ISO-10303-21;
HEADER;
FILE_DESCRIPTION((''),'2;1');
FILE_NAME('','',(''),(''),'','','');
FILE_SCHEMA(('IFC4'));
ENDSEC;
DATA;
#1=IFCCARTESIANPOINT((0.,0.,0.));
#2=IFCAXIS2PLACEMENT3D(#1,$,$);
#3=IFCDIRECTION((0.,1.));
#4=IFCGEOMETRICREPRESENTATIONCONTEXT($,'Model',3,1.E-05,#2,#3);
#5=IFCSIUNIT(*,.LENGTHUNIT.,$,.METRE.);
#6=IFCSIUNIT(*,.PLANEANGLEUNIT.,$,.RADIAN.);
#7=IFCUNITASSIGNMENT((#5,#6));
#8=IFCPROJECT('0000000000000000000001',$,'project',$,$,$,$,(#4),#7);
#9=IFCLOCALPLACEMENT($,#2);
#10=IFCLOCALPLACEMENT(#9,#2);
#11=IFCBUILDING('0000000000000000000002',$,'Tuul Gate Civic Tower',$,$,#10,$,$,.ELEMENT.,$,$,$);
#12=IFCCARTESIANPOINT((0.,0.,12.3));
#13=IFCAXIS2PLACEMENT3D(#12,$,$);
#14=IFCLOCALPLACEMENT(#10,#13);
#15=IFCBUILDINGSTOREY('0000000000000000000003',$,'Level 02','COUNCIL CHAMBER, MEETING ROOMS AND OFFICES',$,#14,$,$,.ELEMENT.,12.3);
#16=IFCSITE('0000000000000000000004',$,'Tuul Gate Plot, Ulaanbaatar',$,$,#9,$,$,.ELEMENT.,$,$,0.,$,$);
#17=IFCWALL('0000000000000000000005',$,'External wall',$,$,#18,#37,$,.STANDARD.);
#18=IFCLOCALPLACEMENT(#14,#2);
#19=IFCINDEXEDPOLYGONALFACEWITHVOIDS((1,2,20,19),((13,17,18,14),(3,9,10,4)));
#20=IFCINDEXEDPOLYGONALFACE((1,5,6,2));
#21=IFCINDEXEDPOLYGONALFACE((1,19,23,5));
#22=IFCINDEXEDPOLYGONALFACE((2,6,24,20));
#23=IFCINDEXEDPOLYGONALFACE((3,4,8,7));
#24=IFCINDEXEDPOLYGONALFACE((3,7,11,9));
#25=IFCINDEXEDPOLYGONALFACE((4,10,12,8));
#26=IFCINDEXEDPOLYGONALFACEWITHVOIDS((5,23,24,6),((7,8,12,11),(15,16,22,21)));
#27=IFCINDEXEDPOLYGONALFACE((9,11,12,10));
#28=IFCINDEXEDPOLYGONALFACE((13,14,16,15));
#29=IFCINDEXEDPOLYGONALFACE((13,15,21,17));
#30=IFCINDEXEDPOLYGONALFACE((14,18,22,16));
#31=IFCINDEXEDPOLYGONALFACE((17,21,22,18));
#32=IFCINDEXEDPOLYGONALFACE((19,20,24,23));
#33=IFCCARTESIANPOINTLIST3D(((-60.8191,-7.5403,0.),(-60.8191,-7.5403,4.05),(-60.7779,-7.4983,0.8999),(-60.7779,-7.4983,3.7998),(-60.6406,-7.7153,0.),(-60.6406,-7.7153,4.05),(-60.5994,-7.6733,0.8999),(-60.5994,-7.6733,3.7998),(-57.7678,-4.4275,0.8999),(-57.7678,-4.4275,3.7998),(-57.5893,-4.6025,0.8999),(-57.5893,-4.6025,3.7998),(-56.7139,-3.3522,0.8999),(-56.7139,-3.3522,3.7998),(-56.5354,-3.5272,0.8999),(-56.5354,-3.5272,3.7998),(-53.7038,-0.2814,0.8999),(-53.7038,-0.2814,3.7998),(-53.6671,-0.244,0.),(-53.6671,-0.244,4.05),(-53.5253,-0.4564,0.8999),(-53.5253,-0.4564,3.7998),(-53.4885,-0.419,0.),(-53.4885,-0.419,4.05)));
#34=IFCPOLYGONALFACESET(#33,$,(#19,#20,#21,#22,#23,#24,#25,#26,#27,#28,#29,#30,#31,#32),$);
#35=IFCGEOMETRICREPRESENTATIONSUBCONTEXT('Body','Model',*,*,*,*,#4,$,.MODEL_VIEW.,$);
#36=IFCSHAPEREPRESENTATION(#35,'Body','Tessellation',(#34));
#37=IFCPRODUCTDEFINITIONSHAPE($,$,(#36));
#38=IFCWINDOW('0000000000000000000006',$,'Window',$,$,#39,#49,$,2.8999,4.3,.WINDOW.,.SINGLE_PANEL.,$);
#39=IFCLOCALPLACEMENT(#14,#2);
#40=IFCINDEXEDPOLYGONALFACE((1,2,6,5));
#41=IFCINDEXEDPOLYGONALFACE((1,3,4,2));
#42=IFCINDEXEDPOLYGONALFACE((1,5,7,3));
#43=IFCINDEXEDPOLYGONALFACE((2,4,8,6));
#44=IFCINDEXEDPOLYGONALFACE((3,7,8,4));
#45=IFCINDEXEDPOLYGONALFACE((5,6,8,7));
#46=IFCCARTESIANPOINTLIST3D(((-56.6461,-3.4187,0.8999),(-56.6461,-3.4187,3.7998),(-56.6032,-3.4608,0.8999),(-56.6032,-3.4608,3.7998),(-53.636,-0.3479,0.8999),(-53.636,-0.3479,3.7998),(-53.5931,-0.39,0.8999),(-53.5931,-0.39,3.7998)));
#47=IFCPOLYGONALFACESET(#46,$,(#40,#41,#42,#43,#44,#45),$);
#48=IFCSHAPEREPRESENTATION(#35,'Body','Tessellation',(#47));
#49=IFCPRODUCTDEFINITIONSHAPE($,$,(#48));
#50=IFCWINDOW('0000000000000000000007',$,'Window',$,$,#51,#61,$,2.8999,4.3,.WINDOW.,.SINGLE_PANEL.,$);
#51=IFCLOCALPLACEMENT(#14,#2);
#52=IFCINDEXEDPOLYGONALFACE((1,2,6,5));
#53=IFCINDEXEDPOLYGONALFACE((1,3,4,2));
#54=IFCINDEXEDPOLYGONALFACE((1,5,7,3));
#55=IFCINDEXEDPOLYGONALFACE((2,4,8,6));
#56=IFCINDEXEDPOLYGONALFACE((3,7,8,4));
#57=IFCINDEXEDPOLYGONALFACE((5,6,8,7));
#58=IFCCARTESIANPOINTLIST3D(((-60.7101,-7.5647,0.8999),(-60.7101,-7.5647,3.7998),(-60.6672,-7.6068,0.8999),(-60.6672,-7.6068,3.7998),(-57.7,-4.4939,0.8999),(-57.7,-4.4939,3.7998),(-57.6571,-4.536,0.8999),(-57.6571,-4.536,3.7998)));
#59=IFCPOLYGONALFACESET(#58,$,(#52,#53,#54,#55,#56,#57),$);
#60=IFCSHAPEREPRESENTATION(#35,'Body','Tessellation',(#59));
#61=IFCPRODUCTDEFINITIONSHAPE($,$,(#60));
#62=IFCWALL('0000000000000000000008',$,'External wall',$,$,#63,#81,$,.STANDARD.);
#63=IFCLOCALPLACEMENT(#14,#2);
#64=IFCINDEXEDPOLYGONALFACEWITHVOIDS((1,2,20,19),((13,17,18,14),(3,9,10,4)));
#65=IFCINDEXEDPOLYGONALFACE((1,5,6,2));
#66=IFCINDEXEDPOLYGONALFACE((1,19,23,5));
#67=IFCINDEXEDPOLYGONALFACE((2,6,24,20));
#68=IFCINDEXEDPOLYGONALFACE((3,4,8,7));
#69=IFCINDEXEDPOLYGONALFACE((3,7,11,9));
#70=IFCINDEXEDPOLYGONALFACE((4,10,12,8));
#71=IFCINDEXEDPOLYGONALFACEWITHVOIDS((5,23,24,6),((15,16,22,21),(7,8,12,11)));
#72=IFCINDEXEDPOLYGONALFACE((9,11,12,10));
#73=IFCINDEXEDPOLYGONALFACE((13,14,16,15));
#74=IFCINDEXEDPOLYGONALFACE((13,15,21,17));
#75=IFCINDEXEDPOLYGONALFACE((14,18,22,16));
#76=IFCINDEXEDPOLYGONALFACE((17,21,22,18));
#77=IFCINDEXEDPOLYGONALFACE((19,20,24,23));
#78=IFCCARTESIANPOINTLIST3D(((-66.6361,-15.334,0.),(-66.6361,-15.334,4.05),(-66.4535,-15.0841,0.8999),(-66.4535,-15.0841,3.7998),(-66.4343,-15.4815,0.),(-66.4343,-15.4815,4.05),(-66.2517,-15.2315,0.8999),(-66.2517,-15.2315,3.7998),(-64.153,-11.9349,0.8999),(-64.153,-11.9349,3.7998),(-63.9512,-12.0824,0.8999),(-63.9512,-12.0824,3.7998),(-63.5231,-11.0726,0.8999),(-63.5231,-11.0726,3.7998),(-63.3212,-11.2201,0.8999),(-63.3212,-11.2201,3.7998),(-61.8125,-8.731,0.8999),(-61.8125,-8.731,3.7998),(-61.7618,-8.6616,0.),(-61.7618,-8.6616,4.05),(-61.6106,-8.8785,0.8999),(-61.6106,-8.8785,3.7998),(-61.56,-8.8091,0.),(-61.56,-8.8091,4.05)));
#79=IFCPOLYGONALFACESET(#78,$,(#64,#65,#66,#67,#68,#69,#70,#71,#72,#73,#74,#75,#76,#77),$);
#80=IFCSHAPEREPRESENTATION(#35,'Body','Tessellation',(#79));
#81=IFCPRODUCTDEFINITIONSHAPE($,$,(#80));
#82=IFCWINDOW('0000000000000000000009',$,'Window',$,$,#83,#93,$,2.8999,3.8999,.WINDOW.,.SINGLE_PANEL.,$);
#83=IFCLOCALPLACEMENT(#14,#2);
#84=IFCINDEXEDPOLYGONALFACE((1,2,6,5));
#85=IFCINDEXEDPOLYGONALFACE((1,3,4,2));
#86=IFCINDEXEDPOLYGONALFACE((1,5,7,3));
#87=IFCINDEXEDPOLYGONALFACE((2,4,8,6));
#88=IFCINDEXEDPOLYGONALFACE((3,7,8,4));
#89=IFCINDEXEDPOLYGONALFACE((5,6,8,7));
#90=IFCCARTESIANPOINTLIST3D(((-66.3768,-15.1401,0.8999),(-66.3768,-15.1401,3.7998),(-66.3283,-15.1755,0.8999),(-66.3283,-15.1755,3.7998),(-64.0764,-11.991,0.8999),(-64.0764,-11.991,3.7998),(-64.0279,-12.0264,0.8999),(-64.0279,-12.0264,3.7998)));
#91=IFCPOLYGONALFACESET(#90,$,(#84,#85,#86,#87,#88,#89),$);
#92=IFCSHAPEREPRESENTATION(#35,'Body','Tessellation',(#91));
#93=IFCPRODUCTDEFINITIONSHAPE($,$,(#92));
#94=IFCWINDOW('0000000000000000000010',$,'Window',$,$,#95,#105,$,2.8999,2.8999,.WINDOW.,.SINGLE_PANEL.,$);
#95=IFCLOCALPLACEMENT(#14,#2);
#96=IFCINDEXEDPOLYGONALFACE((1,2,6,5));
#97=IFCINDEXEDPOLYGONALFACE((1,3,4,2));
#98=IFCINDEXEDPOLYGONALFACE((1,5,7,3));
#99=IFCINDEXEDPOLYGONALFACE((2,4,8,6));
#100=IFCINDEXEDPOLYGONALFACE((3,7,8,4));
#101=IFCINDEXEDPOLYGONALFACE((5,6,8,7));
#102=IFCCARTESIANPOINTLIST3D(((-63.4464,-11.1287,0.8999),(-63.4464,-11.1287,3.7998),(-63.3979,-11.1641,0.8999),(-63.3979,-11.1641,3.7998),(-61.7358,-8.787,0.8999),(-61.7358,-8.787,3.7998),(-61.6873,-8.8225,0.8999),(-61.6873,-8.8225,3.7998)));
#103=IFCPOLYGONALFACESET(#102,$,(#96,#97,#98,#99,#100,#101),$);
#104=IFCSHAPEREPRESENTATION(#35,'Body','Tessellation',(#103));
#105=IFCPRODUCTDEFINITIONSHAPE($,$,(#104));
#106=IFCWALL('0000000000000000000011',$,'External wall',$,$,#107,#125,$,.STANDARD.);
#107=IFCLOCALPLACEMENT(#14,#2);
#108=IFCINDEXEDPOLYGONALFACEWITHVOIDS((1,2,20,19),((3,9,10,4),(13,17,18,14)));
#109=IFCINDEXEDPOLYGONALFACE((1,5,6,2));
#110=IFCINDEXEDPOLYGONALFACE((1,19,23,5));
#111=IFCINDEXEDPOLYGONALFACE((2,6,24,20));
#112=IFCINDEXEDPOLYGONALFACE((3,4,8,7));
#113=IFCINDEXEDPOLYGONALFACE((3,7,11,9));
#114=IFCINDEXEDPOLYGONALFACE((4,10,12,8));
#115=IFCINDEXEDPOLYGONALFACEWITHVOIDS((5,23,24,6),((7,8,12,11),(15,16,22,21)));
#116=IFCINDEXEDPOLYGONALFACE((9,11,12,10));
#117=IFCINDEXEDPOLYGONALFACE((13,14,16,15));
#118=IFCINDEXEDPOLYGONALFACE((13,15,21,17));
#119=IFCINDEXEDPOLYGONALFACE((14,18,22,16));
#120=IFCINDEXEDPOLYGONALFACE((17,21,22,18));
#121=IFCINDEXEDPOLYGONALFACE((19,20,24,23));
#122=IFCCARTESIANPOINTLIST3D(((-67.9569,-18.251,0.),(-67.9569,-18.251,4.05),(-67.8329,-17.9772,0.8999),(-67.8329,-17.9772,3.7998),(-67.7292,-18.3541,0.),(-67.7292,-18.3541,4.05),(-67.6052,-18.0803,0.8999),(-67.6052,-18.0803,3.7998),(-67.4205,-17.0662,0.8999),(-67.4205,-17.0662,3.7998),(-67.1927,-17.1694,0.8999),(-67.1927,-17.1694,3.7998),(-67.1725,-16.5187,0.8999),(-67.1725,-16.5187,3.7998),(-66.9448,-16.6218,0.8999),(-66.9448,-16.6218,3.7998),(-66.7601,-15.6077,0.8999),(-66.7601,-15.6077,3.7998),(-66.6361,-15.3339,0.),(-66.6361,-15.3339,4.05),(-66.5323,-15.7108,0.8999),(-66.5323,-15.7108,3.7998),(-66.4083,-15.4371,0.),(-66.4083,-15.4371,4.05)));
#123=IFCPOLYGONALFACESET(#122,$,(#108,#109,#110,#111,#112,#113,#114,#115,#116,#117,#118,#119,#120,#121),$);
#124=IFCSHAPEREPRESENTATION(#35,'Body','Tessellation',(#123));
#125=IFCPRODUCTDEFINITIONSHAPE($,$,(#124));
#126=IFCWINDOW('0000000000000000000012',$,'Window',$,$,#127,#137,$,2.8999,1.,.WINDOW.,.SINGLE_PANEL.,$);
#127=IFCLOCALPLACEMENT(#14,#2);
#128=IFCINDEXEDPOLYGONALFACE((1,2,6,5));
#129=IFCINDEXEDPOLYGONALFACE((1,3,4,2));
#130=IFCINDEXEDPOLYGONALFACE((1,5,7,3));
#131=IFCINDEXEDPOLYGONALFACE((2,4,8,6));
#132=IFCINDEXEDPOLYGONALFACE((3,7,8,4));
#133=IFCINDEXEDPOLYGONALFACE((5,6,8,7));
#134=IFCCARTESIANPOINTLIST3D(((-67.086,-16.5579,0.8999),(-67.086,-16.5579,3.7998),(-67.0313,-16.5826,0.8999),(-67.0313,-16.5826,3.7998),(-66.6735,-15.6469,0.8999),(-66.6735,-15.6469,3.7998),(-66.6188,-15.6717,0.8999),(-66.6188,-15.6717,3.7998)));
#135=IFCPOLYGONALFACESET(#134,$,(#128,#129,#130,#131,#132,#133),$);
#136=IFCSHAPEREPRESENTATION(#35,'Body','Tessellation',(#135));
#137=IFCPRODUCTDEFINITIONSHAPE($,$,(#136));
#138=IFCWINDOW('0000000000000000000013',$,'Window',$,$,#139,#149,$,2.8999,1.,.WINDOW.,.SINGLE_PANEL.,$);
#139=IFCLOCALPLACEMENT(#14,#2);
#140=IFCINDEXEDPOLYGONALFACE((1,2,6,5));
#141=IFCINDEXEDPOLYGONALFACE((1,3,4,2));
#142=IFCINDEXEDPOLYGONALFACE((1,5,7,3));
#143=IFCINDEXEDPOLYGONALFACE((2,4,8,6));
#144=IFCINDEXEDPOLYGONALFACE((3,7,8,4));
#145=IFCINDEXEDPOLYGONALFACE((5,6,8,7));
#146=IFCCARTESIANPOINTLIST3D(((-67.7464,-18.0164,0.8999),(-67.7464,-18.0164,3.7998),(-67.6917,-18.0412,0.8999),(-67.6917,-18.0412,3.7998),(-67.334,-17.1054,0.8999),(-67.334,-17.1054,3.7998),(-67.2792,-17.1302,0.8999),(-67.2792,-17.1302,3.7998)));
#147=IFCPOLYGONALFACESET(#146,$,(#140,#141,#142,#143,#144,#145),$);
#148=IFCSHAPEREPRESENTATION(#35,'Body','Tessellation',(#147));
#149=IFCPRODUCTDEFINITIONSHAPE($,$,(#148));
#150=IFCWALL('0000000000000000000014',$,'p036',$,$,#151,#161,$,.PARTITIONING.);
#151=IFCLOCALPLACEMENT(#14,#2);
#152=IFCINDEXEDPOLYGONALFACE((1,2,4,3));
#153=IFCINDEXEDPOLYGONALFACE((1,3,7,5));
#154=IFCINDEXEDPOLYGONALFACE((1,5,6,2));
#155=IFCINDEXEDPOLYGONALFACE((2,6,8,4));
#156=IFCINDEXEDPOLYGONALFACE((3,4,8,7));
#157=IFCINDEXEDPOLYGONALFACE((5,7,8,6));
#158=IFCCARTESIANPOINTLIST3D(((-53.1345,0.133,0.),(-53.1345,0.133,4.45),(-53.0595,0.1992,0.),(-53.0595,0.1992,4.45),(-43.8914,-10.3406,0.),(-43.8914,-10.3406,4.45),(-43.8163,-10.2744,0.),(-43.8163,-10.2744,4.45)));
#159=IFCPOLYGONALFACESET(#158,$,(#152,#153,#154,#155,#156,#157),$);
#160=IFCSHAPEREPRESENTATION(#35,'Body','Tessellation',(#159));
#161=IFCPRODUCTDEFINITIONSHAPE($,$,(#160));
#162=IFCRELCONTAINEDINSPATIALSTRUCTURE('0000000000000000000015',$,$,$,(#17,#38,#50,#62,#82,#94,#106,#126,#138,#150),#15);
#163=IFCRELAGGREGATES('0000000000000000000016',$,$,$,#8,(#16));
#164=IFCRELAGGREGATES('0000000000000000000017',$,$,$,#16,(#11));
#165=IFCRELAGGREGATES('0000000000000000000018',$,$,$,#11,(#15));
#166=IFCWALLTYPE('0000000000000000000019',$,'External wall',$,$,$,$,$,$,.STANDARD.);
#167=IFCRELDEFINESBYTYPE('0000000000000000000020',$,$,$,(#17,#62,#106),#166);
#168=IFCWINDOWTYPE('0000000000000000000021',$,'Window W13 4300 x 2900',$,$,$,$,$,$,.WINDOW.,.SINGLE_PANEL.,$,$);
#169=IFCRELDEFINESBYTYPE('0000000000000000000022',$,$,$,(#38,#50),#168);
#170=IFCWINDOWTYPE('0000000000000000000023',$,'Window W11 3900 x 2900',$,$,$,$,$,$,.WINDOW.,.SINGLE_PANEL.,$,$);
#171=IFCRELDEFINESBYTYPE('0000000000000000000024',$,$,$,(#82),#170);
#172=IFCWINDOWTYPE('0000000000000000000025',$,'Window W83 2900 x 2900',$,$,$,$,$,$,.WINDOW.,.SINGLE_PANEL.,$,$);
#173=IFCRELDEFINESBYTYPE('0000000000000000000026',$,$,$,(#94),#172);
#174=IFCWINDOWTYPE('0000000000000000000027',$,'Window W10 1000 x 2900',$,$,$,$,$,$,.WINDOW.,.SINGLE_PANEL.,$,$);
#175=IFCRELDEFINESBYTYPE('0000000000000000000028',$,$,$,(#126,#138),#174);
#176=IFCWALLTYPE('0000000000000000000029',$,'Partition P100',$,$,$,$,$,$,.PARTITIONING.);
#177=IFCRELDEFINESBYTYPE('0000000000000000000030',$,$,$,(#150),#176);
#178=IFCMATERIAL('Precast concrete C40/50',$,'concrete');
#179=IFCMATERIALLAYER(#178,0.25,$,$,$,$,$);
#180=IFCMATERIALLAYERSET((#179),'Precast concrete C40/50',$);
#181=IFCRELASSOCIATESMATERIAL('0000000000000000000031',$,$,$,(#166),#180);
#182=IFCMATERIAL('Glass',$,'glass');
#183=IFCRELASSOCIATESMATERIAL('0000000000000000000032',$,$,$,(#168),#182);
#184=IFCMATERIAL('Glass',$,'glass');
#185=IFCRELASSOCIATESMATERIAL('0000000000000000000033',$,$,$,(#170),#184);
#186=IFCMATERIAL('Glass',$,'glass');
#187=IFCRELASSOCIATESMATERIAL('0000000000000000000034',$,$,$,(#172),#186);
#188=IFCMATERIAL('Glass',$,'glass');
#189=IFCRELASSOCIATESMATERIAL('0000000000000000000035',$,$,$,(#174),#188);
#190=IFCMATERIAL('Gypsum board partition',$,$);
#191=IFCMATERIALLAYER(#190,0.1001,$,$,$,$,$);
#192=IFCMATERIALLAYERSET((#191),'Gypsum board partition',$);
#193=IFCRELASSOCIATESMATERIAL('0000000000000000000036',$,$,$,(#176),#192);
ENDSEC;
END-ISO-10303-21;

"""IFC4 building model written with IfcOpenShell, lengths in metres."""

from ifc_helpers import new_model, si_unit, direction, frame, frame_2d, origin, place, context, subcontext, project, spatial, rectangle, extrude, material, layer, layer_set, type_object, element, fill, save


model = new_model("IFC4")

# Units and contexts
model_context = context("Model", 3, precision=1e-05, world=origin(), true_north=direction((0.0, 1.0)))
body_context = subcontext(model_context, "Body", "Model", "MODEL_VIEW")
ifc_project = project(units=[si_unit("LENGTHUNIT", "METRE"), si_unit("PLANEANGLEUNIT", "RADIAN")], contexts=[model_context])

# Site, building, storey
site_placement = place(None, origin())
site = spatial("IfcSite", under=ifc_project, at=site_placement, Name="Tuul Gate Plot, Ulaanbaatar", CompositionType="ELEMENT", RefElevation=0.0)
building_placement = place(site_placement, origin())
building = spatial("IfcBuilding", under=site, at=building_placement, Name="Tuul Gate Civic Tower", CompositionType="ELEMENT")
storey_placement = place(building_placement, frame((0.0, 0.0, 12.3)))
storey = spatial("IfcBuildingStorey", under=building, at=storey_placement, Name="Level 02", Description="COUNCIL CHAMBER, MEETING ROOMS AND OFFICES", CompositionType="ELEMENT", Elevation=12.3)

# Walls, openings, windows
ifc_material_1 = material(Name="Precast concrete C40/50", Category="concrete")
ifc_layer_1 = layer(ifc_material_1, 0.25)
ifc_layer_set_1 = layer_set([ifc_layer_1], Name="Precast concrete C40/50")
wall_type_1 = type_object("IfcWallType", Name="External wall", PredefinedType="STANDARD", material=ifc_layer_set_1)
wall_1_placement = place(storey_placement, frame((-53.5779, -0.3315, 0.0), z_axis=(0.0, 0.0, 1.0), x_axis=(-0.70001, -0.714133, 0.0)))
wall_1 = element("IfcWall", 1, at=wall_1_placement, inside=storey, type_object=wall_type_1, Name="External wall", PredefinedType="STANDARD", context=body_context, shape_type="SweptSolid", body=[
    extrude(rectangle(XDim=10.217, YDim=0.25, at=frame_2d((5.1084, 0.0))), origin(), (0.0, 0.0, 1.0), 4.05),
])
opening_1_placement = place(wall_1_placement, frame((0.0525, 0.0, 0.8999)))
opening_1 = element("IfcOpeningElement", 2, at=opening_1_placement, cuts=wall_1, PredefinedType="OPENING", context=body_context, shape_type="SweptSolid", body=[
    extrude(rectangle(XDim=4.3, YDim=2.8999, at=frame_2d((2.1499, 1.45))), frame((0.0, 0.135, 0.0), z_axis=(0.0, -1.0, 0.0), x_axis=(1.0, 0.0, 0.0)), (0.0, 0.0, 1.0), 0.27),
])
opening_2_placement = place(wall_1_placement, frame((5.8582, 0.0, 0.8999)))
opening_2 = element("IfcOpeningElement", 3, at=opening_2_placement, cuts=wall_1, PredefinedType="OPENING", context=body_context, shape_type="SweptSolid", body=[
    extrude(rectangle(XDim=4.3, YDim=2.8999, at=frame_2d((2.1499, 1.45))), frame((0.0, 0.135, 0.0), z_axis=(0.0, -1.0, 0.0), x_axis=(1.0, 0.0, 0.0)), (0.0, 0.0, 1.0), 0.27),
])
ifc_material_2 = material(Name="Glass", Category="glass")
window_type_1 = type_object("IfcWindowType", Name="Window W13 4300 x 2900", PartitioningType="SINGLE_PANEL", PredefinedType="WINDOW", material=ifc_material_2)
window_1_placement = place(opening_1_placement, origin())
window_1 = element("IfcWindow", 4, at=window_1_placement, inside=storey, type_object=window_type_1, Name="Window", OverallHeight=2.8999, OverallWidth=4.3, PartitioningType="SINGLE_PANEL", PredefinedType="WINDOW", context=body_context, shape_type="SweptSolid", body=[
    extrude(rectangle(XDim=4.3, YDim=2.8999, at=frame_2d((2.1499, 1.45))), frame((0.0, 0.03, 0.0), z_axis=(0.0, -1.0, 0.0), x_axis=(1.0, 0.0, 0.0)), (0.0, 0.0, 1.0), 0.0601),
])
fill(opening_1, window_1)
window_2_placement = place(opening_2_placement, origin())
window_2 = element("IfcWindow", 5, at=window_2_placement, inside=storey, type_object=window_type_1, Name="Window", OverallHeight=2.8999, OverallWidth=4.3, PartitioningType="SINGLE_PANEL", PredefinedType="WINDOW", context=body_context, shape_type="SweptSolid", body=[
    extrude(rectangle(XDim=4.3, YDim=2.8999, at=frame_2d((2.1499, 1.45))), frame((0.0, 0.03, 0.0), z_axis=(0.0, -1.0, 0.0), x_axis=(1.0, 0.0, 0.0)), (0.0, 0.0, 1.0), 0.0601),
])
fill(opening_2, window_2)
wall_2_placement = place(storey_placement, frame((-61.6609, -8.7354, 0.0), z_axis=(0.0, 0.0, 1.0), x_axis=(-0.589883, -0.807489, 0.0)))
wall_2 = element("IfcWall", 6, at=wall_2_placement, inside=storey, type_object=wall_type_1, Name="External wall", PredefinedType="STANDARD", context=body_context, shape_type="SweptSolid", body=[
    extrude(rectangle(XDim=8.2632, YDim=0.25, at=frame_2d((4.1316, 0.0))), origin(), (0.0, 0.0, 1.0), 4.05),
])
opening_3_placement = place(wall_2_placement, frame((0.0859, 0.0, 0.8999)))
opening_3 = element("IfcOpeningElement", 7, at=opening_3_placement, cuts=wall_2, PredefinedType="OPENING", context=body_context, shape_type="SweptSolid", body=[
    extrude(rectangle(XDim=2.8999, YDim=2.8999, at=frame_2d((1.45, 1.45))), frame((0.0, 0.135, 0.0), z_axis=(0.0, -1.0, 0.0), x_axis=(1.0, 0.0, 0.0)), (0.0, 0.0, 1.0), 0.27),
])
opening_4_placement = place(wall_2_placement, frame((4.0537, 0.0, 0.8999)))
opening_4 = element("IfcOpeningElement", 8, at=opening_4_placement, cuts=wall_2, PredefinedType="OPENING", context=body_context, shape_type="SweptSolid", body=[
    extrude(rectangle(XDim=3.8999, YDim=2.8999, at=frame_2d((1.95, 1.45))), frame((0.0, 0.135, 0.0), z_axis=(0.0, -1.0, 0.0), x_axis=(1.0, 0.0, 0.0)), (0.0, 0.0, 1.0), 0.27),
])
ifc_material_3 = material(Name="Glass", Category="glass")
window_type_2 = type_object("IfcWindowType", Name="Window W11 3900 x 2900", PartitioningType="SINGLE_PANEL", PredefinedType="WINDOW", material=ifc_material_3)
window_3_placement = place(opening_4_placement, origin())
window_3 = element("IfcWindow", 9, at=window_3_placement, inside=storey, type_object=window_type_2, Name="Window", OverallHeight=2.8999, OverallWidth=3.8999, PartitioningType="SINGLE_PANEL", PredefinedType="WINDOW", context=body_context, shape_type="SweptSolid", body=[
    extrude(rectangle(XDim=3.8999, YDim=2.8999, at=frame_2d((1.95, 1.45))), frame((0.0, 0.03, 0.0), z_axis=(0.0, -1.0, 0.0), x_axis=(1.0, 0.0, 0.0)), (0.0, 0.0, 1.0), 0.0601),
])
fill(opening_4, window_3)
ifc_material_4 = material(Name="Glass", Category="glass")
window_type_3 = type_object("IfcWindowType", Name="Window W83 2900 x 2900", PartitioningType="SINGLE_PANEL", PredefinedType="WINDOW", material=ifc_material_4)
window_4_placement = place(opening_3_placement, origin())
window_4 = element("IfcWindow", 10, at=window_4_placement, inside=storey, type_object=window_type_3, Name="Window", OverallHeight=2.8999, OverallWidth=2.8999, PartitioningType="SINGLE_PANEL", PredefinedType="WINDOW", context=body_context, shape_type="SweptSolid", body=[
    extrude(rectangle(XDim=2.8999, YDim=2.8999, at=frame_2d((1.45, 1.45))), frame((0.0, 0.03, 0.0), z_axis=(0.0, -1.0, 0.0), x_axis=(1.0, 0.0, 0.0)), (0.0, 0.0, 1.0), 0.0601),
])
fill(opening_3, window_4)
wall_3_placement = place(storey_placement, frame((-66.5222, -15.3855, 0.0), z_axis=(0.0, 0.0, 1.0), x_axis=(-0.412481, -0.910966, 0.0)))
wall_3 = element("IfcWall", 11, at=wall_3_placement, inside=storey, type_object=wall_type_1, Name="External wall", PredefinedType="STANDARD", context=body_context, shape_type="SweptSolid", body=[
    extrude(rectangle(XDim=3.2021, YDim=0.25, at=frame_2d((1.6011, 0.0))), origin(), (0.0, 0.0, 1.0), 4.05),
])
opening_5_placement = place(wall_3_placement, frame((0.3005, 0.0, 0.8999)))
opening_5 = element("IfcOpeningElement", 12, at=opening_5_placement, cuts=wall_3, PredefinedType="OPENING", context=body_context, shape_type="SweptSolid", body=[
    extrude(rectangle(XDim=1.0, YDim=2.8999, at=frame_2d((0.5, 1.45))), frame((0.0, 0.135, 0.0), z_axis=(0.0, -1.0, 0.0), x_axis=(1.0, 0.0, 0.0)), (0.0, 0.0, 1.0), 0.27),
])
opening_6_placement = place(wall_3_placement, frame((1.9016, 0.0, 0.8999)))
opening_6 = element("IfcOpeningElement", 13, at=opening_6_placement, cuts=wall_3, PredefinedType="OPENING", context=body_context, shape_type="SweptSolid", body=[
    extrude(rectangle(XDim=1.0, YDim=2.8999, at=frame_2d((0.5, 1.45))), frame((0.0, 0.135, 0.0), z_axis=(0.0, -1.0, 0.0), x_axis=(1.0, 0.0, 0.0)), (0.0, 0.0, 1.0), 0.27),
])
ifc_material_5 = material(Name="Glass", Category="glass")
window_type_4 = type_object("IfcWindowType", Name="Window W10 1000 x 2900", PartitioningType="SINGLE_PANEL", PredefinedType="WINDOW", material=ifc_material_5)
window_5_placement = place(opening_5_placement, origin())
window_5 = element("IfcWindow", 14, at=window_5_placement, inside=storey, type_object=window_type_4, Name="Window", OverallHeight=2.8999, OverallWidth=1.0, PartitioningType="SINGLE_PANEL", PredefinedType="WINDOW", context=body_context, shape_type="SweptSolid", body=[
    extrude(rectangle(XDim=1.0, YDim=2.8999, at=frame_2d((0.5, 1.45))), frame((0.0, 0.03, 0.0), z_axis=(0.0, -1.0, 0.0), x_axis=(1.0, 0.0, 0.0)), (0.0, 0.0, 1.0), 0.0601),
])
fill(opening_5, window_5)
window_6_placement = place(opening_6_placement, origin())
window_6 = element("IfcWindow", 15, at=window_6_placement, inside=storey, type_object=window_type_4, Name="Window", OverallHeight=2.8999, OverallWidth=1.0, PartitioningType="SINGLE_PANEL", PredefinedType="WINDOW", context=body_context, shape_type="SweptSolid", body=[
    extrude(rectangle(XDim=1.0, YDim=2.8999, at=frame_2d((0.5, 1.45))), frame((0.0, 0.03, 0.0), z_axis=(0.0, -1.0, 0.0), x_axis=(1.0, 0.0, 0.0)), (0.0, 0.0, 1.0), 0.0601),
])
fill(opening_6, window_6)

# Wall
ifc_material_6 = material(Name="Gypsum board partition")
ifc_layer_2 = layer(ifc_material_6, 0.1001)
ifc_layer_set_2 = layer_set([ifc_layer_2], Name="Gypsum board partition")
wall_type_2 = type_object("IfcWallType", Name="Partition P100", PredefinedType="PARTITIONING", material=ifc_layer_set_2)
wall_4_placement = place(storey_placement, frame((-53.0969, 0.166, 0.0), z_axis=(0.0, 0.0, 1.0), x_axis=(0.661691, -0.749777, 0.0)))
element("IfcWall", 16, at=wall_4_placement, inside=storey, type_object=wall_type_2, Name="p036", PredefinedType="PARTITIONING", context=body_context, shape_type="SweptSolid", body=[
    extrude(rectangle(XDim=13.969, YDim=0.1001, at=frame_2d((6.9844, 0.0))), origin(), (0.0, 0.0, 1.0), 4.45),
])

save(model, "model.ifc")
